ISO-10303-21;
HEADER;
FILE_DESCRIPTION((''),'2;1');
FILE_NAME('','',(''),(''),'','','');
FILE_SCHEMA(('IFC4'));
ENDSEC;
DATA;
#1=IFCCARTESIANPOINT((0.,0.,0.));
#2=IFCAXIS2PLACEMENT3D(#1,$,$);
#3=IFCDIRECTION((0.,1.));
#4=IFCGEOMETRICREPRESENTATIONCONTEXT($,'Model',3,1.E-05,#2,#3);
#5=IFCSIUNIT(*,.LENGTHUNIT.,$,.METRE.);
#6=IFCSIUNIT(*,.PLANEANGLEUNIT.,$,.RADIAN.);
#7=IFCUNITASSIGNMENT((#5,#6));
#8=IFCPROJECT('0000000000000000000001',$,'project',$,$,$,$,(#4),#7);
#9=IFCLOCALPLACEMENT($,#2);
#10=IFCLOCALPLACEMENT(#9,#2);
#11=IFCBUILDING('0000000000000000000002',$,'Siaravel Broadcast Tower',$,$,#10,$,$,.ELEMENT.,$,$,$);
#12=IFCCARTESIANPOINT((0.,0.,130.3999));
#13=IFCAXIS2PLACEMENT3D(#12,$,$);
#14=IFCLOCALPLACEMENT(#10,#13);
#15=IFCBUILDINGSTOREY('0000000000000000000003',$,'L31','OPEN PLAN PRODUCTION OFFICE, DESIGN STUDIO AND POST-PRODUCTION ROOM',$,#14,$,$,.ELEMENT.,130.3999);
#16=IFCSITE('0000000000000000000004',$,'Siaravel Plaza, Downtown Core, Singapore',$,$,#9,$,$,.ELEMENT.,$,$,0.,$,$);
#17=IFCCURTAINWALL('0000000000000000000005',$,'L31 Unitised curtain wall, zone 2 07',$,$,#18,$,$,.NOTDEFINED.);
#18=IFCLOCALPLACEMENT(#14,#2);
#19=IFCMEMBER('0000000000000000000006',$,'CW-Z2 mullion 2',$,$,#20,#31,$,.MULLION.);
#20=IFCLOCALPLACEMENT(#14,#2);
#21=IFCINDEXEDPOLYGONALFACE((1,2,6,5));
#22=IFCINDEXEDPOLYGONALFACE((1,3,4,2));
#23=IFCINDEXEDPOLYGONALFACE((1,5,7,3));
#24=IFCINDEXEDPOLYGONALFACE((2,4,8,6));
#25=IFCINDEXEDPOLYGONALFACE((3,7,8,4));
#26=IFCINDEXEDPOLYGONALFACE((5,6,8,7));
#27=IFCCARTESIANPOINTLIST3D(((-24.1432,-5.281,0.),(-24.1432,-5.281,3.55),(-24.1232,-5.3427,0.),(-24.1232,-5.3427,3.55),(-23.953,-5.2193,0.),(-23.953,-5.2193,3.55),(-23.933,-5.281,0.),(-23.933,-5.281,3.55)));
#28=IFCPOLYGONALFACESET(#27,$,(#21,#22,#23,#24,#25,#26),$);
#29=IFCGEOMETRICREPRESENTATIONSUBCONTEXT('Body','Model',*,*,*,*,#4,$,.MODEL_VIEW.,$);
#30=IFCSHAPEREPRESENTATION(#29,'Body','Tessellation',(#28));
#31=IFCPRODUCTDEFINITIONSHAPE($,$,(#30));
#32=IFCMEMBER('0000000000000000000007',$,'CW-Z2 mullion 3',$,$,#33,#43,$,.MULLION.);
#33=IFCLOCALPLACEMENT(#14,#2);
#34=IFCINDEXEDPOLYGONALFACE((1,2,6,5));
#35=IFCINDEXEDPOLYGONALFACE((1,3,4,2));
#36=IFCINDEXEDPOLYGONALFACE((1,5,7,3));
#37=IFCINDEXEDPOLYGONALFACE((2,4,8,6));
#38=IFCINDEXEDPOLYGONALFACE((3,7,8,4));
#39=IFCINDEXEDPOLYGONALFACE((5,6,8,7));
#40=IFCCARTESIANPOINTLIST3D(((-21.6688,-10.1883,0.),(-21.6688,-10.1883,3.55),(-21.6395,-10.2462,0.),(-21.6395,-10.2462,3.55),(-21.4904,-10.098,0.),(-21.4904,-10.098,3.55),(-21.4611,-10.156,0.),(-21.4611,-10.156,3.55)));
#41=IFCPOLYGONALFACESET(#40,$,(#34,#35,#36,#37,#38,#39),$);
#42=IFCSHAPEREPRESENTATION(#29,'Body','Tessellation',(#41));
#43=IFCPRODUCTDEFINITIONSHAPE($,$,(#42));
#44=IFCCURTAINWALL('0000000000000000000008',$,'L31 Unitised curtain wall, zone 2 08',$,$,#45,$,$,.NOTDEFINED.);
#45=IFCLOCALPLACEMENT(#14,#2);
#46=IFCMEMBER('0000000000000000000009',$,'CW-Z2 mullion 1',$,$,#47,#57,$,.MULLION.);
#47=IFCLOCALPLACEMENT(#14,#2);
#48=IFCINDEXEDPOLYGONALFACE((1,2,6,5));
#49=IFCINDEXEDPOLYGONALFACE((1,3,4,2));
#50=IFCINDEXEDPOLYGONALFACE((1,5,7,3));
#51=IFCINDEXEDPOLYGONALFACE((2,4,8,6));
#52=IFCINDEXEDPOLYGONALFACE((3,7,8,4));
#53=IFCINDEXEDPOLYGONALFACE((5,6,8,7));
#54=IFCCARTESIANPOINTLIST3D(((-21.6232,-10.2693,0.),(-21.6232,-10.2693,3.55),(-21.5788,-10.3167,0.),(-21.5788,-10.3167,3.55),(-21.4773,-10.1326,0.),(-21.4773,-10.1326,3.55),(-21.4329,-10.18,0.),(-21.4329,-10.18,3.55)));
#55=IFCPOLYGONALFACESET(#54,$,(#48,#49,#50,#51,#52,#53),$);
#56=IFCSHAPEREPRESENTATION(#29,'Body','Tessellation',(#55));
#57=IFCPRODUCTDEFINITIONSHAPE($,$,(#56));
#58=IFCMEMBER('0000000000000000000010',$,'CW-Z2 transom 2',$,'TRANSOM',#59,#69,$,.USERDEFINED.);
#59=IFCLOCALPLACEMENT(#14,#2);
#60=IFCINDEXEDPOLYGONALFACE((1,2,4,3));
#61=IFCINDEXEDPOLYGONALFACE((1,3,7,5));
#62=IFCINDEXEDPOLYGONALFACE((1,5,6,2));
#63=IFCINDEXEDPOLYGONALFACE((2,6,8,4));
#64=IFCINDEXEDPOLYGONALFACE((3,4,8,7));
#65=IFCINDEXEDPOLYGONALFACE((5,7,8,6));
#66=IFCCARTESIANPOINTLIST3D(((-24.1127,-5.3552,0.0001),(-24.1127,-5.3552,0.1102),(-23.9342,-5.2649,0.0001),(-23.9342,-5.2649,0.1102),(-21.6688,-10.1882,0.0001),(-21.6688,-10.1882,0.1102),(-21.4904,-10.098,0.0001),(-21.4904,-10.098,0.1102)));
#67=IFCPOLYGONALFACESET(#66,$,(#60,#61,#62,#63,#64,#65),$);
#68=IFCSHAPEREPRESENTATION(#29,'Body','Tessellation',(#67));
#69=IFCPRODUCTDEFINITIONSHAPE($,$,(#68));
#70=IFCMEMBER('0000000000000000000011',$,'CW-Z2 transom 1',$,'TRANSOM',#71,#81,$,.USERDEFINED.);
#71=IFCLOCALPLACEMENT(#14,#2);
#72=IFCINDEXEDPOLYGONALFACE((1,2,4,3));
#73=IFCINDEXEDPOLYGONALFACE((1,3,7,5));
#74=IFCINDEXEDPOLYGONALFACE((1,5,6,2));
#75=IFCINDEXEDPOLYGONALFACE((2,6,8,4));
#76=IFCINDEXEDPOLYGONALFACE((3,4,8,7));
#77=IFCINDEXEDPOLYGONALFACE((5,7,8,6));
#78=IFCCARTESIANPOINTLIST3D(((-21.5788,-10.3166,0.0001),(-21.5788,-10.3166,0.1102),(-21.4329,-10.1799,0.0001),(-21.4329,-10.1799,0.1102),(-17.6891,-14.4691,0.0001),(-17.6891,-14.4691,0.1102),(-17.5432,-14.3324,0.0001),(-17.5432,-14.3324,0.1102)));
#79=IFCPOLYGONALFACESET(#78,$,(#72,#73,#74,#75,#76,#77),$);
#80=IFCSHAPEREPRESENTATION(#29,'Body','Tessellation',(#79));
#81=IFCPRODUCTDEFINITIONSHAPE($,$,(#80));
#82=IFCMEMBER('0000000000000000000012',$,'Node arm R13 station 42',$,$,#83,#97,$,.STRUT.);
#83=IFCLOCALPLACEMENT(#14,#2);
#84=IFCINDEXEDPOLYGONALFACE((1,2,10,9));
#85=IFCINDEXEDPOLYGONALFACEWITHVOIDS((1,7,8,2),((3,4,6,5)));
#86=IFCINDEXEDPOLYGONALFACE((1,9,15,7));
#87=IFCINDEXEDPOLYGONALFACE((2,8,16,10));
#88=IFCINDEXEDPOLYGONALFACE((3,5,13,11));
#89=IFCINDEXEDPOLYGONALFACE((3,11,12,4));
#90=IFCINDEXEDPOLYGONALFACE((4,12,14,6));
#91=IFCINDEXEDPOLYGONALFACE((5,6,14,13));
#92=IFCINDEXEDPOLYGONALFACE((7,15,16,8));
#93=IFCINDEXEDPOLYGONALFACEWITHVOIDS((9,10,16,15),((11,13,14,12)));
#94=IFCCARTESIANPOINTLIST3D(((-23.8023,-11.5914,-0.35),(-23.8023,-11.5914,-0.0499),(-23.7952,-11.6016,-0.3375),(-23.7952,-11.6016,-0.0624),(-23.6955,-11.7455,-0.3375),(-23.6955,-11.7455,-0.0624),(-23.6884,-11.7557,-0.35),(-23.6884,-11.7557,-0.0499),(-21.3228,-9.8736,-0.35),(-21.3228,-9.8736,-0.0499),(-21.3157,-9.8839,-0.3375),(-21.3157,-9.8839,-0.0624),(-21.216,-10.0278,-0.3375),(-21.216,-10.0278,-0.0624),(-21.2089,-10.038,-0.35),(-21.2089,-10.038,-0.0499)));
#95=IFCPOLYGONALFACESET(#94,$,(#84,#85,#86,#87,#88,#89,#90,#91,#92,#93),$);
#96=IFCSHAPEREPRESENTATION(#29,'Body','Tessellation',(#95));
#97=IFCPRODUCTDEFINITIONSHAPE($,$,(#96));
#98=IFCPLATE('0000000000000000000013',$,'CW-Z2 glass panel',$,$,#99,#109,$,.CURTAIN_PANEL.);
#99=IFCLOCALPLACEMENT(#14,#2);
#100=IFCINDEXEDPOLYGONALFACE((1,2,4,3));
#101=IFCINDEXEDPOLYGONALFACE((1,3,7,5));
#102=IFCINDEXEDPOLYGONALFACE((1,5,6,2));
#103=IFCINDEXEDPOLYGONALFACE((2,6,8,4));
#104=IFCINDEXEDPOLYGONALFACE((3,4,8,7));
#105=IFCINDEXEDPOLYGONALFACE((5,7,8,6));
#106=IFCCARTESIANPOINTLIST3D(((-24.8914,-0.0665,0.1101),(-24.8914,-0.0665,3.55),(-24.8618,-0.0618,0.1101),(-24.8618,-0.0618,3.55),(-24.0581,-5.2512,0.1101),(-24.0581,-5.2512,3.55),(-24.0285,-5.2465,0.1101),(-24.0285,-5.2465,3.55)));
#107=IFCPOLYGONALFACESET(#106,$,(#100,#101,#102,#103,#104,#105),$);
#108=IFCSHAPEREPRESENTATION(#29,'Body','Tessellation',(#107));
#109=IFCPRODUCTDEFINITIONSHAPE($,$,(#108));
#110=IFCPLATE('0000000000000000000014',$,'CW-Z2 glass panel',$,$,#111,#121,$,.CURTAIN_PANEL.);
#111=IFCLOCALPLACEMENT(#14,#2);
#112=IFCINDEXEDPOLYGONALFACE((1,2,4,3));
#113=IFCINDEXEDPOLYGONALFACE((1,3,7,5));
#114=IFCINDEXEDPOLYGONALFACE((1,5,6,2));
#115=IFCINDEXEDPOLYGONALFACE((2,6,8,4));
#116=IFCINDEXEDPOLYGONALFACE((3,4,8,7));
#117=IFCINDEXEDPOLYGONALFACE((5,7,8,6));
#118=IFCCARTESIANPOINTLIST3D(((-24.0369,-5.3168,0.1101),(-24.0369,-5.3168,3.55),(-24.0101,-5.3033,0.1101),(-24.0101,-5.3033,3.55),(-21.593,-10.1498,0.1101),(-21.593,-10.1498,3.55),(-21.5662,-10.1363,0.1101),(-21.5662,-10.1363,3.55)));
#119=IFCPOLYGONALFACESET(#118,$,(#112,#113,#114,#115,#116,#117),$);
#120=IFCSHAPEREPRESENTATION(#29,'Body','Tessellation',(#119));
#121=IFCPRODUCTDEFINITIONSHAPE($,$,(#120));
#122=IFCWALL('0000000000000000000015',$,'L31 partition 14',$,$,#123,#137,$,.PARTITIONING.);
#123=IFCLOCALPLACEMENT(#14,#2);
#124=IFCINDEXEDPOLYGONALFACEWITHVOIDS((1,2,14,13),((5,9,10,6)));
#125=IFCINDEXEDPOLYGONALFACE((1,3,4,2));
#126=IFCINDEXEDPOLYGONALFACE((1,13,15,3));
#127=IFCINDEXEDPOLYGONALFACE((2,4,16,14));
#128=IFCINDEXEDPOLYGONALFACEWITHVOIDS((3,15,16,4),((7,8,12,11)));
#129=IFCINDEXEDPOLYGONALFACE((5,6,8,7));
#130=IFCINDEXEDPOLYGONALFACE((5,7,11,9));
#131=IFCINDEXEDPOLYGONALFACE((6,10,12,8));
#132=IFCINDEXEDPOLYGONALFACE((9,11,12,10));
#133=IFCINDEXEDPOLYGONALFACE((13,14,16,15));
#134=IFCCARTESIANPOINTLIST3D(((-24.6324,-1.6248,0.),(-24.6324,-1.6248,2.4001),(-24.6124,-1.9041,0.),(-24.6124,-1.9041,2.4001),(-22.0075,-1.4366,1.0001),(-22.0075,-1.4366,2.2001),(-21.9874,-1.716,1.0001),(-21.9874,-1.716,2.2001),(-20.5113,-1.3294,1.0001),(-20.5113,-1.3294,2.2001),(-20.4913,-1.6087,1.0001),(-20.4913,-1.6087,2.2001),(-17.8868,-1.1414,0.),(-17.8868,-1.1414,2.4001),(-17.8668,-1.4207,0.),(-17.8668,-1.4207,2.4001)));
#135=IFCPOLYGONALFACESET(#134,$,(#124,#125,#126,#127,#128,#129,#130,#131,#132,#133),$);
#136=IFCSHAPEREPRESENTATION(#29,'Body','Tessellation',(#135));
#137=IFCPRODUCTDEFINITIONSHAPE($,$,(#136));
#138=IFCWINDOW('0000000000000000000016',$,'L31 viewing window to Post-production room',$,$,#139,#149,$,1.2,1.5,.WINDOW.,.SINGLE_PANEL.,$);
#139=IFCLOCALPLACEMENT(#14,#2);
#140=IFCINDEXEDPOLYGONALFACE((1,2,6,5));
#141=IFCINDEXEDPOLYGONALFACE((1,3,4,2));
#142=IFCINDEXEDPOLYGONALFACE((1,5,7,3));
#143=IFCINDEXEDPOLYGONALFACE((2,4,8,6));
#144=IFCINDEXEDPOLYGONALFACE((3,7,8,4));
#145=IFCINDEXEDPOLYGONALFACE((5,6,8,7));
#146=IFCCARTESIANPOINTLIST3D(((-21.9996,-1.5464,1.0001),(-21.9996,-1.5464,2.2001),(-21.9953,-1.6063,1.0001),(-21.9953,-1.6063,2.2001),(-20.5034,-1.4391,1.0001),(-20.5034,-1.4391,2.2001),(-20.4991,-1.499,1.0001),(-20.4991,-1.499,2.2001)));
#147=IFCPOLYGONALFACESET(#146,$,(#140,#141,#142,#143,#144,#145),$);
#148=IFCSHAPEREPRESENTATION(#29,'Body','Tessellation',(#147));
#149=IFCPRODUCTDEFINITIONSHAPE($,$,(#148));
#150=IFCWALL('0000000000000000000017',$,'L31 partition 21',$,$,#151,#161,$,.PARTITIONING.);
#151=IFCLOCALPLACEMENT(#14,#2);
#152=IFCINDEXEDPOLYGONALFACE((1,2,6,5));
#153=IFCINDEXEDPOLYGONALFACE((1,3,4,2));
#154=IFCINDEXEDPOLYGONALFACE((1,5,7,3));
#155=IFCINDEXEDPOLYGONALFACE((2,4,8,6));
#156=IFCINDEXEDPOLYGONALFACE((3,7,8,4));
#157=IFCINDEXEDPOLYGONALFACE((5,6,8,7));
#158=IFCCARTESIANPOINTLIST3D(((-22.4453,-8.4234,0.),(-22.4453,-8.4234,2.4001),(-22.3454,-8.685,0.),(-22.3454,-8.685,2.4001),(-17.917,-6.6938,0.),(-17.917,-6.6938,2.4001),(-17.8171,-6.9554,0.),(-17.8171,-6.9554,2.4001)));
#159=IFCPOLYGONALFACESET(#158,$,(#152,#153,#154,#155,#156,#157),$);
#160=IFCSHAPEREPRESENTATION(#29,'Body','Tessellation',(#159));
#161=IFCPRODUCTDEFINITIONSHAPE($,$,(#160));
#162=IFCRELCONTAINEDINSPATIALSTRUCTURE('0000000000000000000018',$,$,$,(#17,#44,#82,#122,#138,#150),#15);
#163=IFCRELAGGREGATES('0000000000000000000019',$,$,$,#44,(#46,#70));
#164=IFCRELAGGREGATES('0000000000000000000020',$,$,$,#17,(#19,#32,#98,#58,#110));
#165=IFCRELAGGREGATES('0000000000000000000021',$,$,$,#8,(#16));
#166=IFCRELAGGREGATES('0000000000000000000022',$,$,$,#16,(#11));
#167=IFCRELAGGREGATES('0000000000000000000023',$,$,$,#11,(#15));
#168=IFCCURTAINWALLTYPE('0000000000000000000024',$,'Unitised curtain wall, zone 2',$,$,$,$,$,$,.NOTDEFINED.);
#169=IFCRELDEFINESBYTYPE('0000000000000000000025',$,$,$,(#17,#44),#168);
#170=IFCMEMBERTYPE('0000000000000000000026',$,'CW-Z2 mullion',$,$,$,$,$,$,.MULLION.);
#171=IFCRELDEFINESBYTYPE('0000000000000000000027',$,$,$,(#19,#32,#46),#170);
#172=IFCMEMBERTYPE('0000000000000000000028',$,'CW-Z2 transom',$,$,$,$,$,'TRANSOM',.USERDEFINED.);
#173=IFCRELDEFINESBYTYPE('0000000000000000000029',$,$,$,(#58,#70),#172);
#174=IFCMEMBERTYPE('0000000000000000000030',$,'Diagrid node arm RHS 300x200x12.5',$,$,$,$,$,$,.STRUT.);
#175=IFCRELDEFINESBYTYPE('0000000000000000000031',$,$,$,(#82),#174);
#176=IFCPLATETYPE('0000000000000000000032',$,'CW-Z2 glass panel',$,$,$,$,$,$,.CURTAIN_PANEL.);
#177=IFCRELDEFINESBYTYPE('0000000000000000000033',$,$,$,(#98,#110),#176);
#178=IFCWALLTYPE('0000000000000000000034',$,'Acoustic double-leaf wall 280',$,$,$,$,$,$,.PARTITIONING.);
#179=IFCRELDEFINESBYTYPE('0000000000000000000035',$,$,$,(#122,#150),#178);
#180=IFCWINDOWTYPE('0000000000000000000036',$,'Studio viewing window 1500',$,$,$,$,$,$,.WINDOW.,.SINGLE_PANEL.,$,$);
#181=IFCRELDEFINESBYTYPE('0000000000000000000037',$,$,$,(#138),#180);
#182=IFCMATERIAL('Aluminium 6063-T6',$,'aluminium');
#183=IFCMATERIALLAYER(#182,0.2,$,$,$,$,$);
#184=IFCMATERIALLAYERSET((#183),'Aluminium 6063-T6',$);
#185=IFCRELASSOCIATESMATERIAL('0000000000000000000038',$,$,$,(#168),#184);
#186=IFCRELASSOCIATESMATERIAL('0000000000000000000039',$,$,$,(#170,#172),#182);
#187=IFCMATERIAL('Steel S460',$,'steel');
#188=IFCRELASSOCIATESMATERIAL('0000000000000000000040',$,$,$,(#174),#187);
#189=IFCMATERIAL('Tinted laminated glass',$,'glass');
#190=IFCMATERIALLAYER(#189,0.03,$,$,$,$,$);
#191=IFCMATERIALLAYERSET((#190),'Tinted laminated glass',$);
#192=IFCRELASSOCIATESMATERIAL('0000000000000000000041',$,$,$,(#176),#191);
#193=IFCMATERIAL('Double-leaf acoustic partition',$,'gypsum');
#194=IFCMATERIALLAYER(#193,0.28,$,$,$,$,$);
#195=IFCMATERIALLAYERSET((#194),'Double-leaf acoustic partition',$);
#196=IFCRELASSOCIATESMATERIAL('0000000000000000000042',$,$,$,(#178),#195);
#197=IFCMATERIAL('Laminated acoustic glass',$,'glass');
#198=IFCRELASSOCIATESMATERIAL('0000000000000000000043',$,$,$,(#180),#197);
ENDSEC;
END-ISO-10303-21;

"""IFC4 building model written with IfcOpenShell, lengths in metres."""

from ifc_helpers import new_model, si_unit, direction, frame, frame_2d, origin, origin_2d, place, context, subcontext, project, spatial, rectangle, hollow_rectangle, extrude, material, layer, layer_set, material_profile, profile_set, type_object, element, fill, aggregate, save


model = new_model("IFC4")

# Units and contexts
model_context = context("Model", 3, precision=1e-05, world=origin(), true_north=direction((0.0, 1.0)))
body_context = subcontext(model_context, "Body", "Model", "MODEL_VIEW")
ifc_project = project(units=[si_unit("LENGTHUNIT", "METRE"), si_unit("PLANEANGLEUNIT", "RADIAN")], contexts=[model_context])

# Site, building, storey
site_placement = place(None, origin())
site = spatial("IfcSite", under=ifc_project, at=site_placement, Name="Siaravel Plaza, Downtown Core, Singapore", CompositionType="ELEMENT", RefElevation=0.0)
building_placement = place(site_placement, origin())
building = spatial("IfcBuilding", under=site, at=building_placement, Name="Siaravel Broadcast Tower", CompositionType="ELEMENT")
storey_placement = place(building_placement, frame((0.0, 0.0, 130.3999)))
storey = spatial("IfcBuildingStorey", under=building, at=storey_placement, Name="L31", Description="OPEN PLAN PRODUCTION OFFICE, DESIGN STUDIO AND POST-PRODUCTION ROOM", CompositionType="ELEMENT", Elevation=130.3999)

# Curtain wall, members
ifc_material_1 = material(Name="Aluminium 6063-T6", Category="aluminium")
ifc_layer_1 = layer(ifc_material_1, 0.2)
ifc_layer_set_1 = layer_set([ifc_layer_1], Name="Aluminium 6063-T6")
curtain_wall_type = type_object("IfcCurtainWallType", Name="Unitised curtain wall, zone 2", PredefinedType="NOTDEFINED", material=ifc_layer_set_1)
curtain_wall_1_placement = place(storey_placement, origin())
curtain_wall_1 = element("IfcCurtainWall", 1, at=curtain_wall_1_placement, inside=storey, type_object=curtain_wall_type, Name="L31 Unitised curtain wall, zone 2 07", PredefinedType="NOTDEFINED")
ifc_material_profile_1 = material_profile(ifc_material_1, rectangle(XDim=0.2, YDim=0.0649, at=origin_2d()))
ifc_profile_set_1 = profile_set([ifc_material_profile_1], Name="Aluminium 6063-T6")
member_type_1 = type_object("IfcMemberType", Name="CW-Z2 mullion", PredefinedType="MULLION", material=ifc_profile_set_1)
member_1_placement = place(storey_placement, frame((-24.0381, -5.281, 0.0), z_axis=(0.0, 0.0, 1.0), x_axis=(0.951178, 0.308644, 0.0)))
member_1 = element("IfcMember", 2, at=member_1_placement, type_object=member_type_1, Name="CW-Z2 mullion 2", PredefinedType="MULLION", context=body_context, shape_type="SweptSolid", body=[
    extrude(rectangle(XDim=0.2, YDim=0.0649, at=origin_2d()), origin(), (0.0, 0.0, 1.0), 3.55),
])
member_2_placement = place(storey_placement, frame((-21.5649, -10.1721, 0.0), z_axis=(0.0, 0.0, 1.0), x_axis=(0.892393, 0.451259, 0.0)))
member_2 = element("IfcMember", 3, at=member_2_placement, type_object=member_type_1, Name="CW-Z2 mullion 3", PredefinedType="MULLION", context=body_context, shape_type="SweptSolid", body=[
    extrude(rectangle(XDim=0.2, YDim=0.0649, at=origin_2d()), origin(), (0.0, 0.0, 1.0), 3.55),
])

# Curtain wall, member
curtain_wall_2_placement = place(storey_placement, origin())
curtain_wall_2 = element("IfcCurtainWall", 4, at=curtain_wall_2_placement, inside=storey, type_object=curtain_wall_type, Name="L31 Unitised curtain wall, zone 2 08", PredefinedType="NOTDEFINED")
member_3_placement = place(storey_placement, frame((-21.5281, -10.2246, 0.0), z_axis=(0.0, 0.0, 1.0), x_axis=(0.729807, 0.683653, 0.0)))
member_3 = element("IfcMember", 5, at=member_3_placement, type_object=member_type_1, Name="CW-Z2 mullion 1", PredefinedType="MULLION", context=body_context, shape_type="SweptSolid", body=[
    extrude(rectangle(XDim=0.2, YDim=0.0649, at=origin_2d()), origin(), (0.0, 0.0, 1.0), 3.55),
])

# Members
ifc_material_profile_2 = material_profile(ifc_material_1, rectangle(XDim=0.2, YDim=0.1101, at=origin_2d()))
ifc_profile_set_2 = profile_set([ifc_material_profile_2], Name="Aluminium 6063-T6")
member_type_2 = type_object("IfcMemberType", Name="CW-Z2 transom", ElementType="TRANSOM", PredefinedType="USERDEFINED", material=ifc_profile_set_2)
member_4_placement = place(storey_placement, frame((-24.0234, -5.3101, 0.0552), z_axis=(0.451248, -0.892398, 0.0), x_axis=(0.892398, 0.451248, 0.0)))
member_4 = element("IfcMember", 6, at=member_4_placement, type_object=member_type_2, Name="CW-Z2 transom 2", ObjectType="TRANSOM", PredefinedType="USERDEFINED", context=body_context, shape_type="SweptSolid", body=[
    extrude(rectangle(XDim=0.2, YDim=0.1101, at=origin_2d()), origin(), (0.0, 0.0, 1.0), 5.4158),
])
member_5_placement = place(storey_placement, frame((-21.5059, -10.2483, 0.0552), z_axis=(0.683644, -0.729815, 0.0), x_axis=(0.729815, 0.683644, 0.0)))
member_5 = element("IfcMember", 7, at=member_5_placement, type_object=member_type_2, Name="CW-Z2 transom 1", ObjectType="TRANSOM", PredefinedType="USERDEFINED", context=body_context, shape_type="SweptSolid", body=[
    extrude(rectangle(XDim=0.2, YDim=0.1101, at=origin_2d()), origin(), (0.0, 0.0, 1.0), 5.6897),
])
aggregate(curtain_wall_2, [member_3, member_5])
ifc_material_2 = material(Name="Steel S460", Category="steel")
ifc_material_profile_3 = material_profile(ifc_material_2, hollow_rectangle(XDim=0.2, YDim=0.3, WallThickness=0.0125, at=origin_2d()))
ifc_profile_set_3 = profile_set([ifc_material_profile_3], Name="Steel S460")
member_type_3 = type_object("IfcMemberType", Name="Diagrid node arm RHS 300x200x12.5", PredefinedType="STRUT", material=ifc_profile_set_3)
member_6_placement = place(storey_placement, frame((-21.2659, -9.9558, -0.2), z_axis=(-0.822006, -0.569479, 0.0), x_axis=(0.569479, -0.822006, 0.0)))
element("IfcMember", 8, at=member_6_placement, inside=storey, type_object=member_type_3, Name="Node arm R13 station 42", PredefinedType="STRUT", context=body_context, shape_type="SweptSolid", body=[
    extrude(hollow_rectangle(XDim=0.2, YDim=0.3, WallThickness=0.0125, at=origin_2d()), origin(), (0.0, 0.0, 1.0), 3.0164),
])

# Plates
ifc_material_3 = material(Name="Tinted laminated glass", Category="glass")
ifc_layer_2 = layer(ifc_material_3, 0.03)
ifc_layer_set_2 = layer_set([ifc_layer_2], Name="Tinted laminated glass")
plate_type = type_object("IfcPlateType", Name="CW-Z2 glass panel", PredefinedType="CURTAIN_PANEL", material=ifc_layer_set_2)
plate_1_placement = place(storey_placement, frame((-24.46, -2.6565, 0.1101), z_axis=(0.0, 0.0, 1.0), x_axis=(0.158685, -0.987329, 0.0)))
plate_1 = element("IfcPlate", 9, at=plate_1_placement, type_object=plate_type, Name="CW-Z2 glass panel", PredefinedType="CURTAIN_PANEL", context=body_context, shape_type="SweptSolid", body=[
    extrude(rectangle(XDim=5.2512, YDim=0.03, at=origin_2d()), origin(), (0.0, 0.0, 1.0), 3.4399),
])
plate_2_placement = place(storey_placement, frame((-22.8015, -7.7266, 0.1101), z_axis=(0.0, 0.0, 1.0), x_axis=(0.451259, -0.892393, 0.0)))
plate_2 = element("IfcPlate", 10, at=plate_2_placement, type_object=plate_type, Name="CW-Z2 glass panel", PredefinedType="CURTAIN_PANEL", context=body_context, shape_type="SweptSolid", body=[
    extrude(rectangle(XDim=5.4158, YDim=0.03, at=origin_2d()), origin(), (0.0, 0.0, 1.0), 3.4399),
])
aggregate(curtain_wall_1, [member_1, member_2, plate_1, member_4, plate_2])

# Wall, opening, window
ifc_material_4 = material(Name="Double-leaf acoustic partition", Category="gypsum")
ifc_layer_3 = layer(ifc_material_4, 0.28)
ifc_layer_set_3 = layer_set([ifc_layer_3], Name="Double-leaf acoustic partition")
wall_type_1 = type_object("IfcWallType", Name="Acoustic double-leaf wall 280", PredefinedType="PARTITIONING", material=ifc_layer_set_3)
wall_1_placement = place(storey_placement, frame((-24.6223, -1.7644, 0.0), z_axis=(0.0, 0.0, 1.0), x_axis=(0.997442, 0.071478, 0.0)))
wall_1 = element("IfcWall", 11, at=wall_1_placement, inside=storey, type_object=wall_type_1, Name="L31 partition 14", PredefinedType="PARTITIONING", context=body_context, shape_type="SweptSolid", body=[
    extrude(rectangle(XDim=6.7629, YDim=0.28, at=frame_2d((3.3813, 0.0))), origin(), (0.0, 0.0, 1.0), 2.4001),
])
opening_1_placement = place(wall_1_placement, frame((2.6316, 0.0, 1.0)))
opening_1 = element("IfcOpeningElement", 12, at=opening_1_placement, cuts=wall_1, PredefinedType="OPENING", context=body_context, shape_type="SweptSolid", body=[
    extrude(rectangle(XDim=1.5, YDim=1.2, at=frame_2d((0.75, 0.6001))), frame((0.0, 0.1499, 0.0), z_axis=(0.0, -1.0, 0.0), x_axis=(1.0, 0.0, 0.0)), (0.0, 0.0, 1.0), 0.3),
])
ifc_material_5 = material(Name="Laminated acoustic glass", Category="glass")
window_type = type_object("IfcWindowType", Name="Studio viewing window 1500", PartitioningType="SINGLE_PANEL", PredefinedType="WINDOW", material=ifc_material_5)
window_1_placement = place(opening_1_placement, origin())
window_1 = element("IfcWindow", 13, at=window_1_placement, inside=storey, type_object=window_type, Name="L31 viewing window to Post-production room", OverallHeight=1.2, OverallWidth=1.5, PartitioningType="SINGLE_PANEL", PredefinedType="WINDOW", context=body_context, shape_type="SweptSolid", body=[
    extrude(rectangle(XDim=1.5, YDim=1.2, at=frame_2d((0.75, 0.6001))), frame((0.0, 0.03, 0.0), z_axis=(0.0, -1.0, 0.0), x_axis=(1.0, 0.0, 0.0)), (0.0, 0.0, 1.0), 0.0601),
])
fill(opening_1, window_1)

# Wall
wall_2_placement = place(storey_placement, frame((-22.3955, -8.5542, 0.0), z_axis=(0.0, 0.0, 1.0), x_axis=(0.934184, 0.356791, 0.0)))
element("IfcWall", 14, at=wall_2_placement, inside=storey, type_object=wall_type_1, Name="L31 partition 21", PredefinedType="PARTITIONING", context=body_context, shape_type="SweptSolid", body=[
    extrude(rectangle(XDim=4.8474, YDim=0.28, at=frame_2d((2.4238, 0.0))), origin(), (0.0, 0.0, 1.0), 2.4001),
])

save(model, "model.ifc")
